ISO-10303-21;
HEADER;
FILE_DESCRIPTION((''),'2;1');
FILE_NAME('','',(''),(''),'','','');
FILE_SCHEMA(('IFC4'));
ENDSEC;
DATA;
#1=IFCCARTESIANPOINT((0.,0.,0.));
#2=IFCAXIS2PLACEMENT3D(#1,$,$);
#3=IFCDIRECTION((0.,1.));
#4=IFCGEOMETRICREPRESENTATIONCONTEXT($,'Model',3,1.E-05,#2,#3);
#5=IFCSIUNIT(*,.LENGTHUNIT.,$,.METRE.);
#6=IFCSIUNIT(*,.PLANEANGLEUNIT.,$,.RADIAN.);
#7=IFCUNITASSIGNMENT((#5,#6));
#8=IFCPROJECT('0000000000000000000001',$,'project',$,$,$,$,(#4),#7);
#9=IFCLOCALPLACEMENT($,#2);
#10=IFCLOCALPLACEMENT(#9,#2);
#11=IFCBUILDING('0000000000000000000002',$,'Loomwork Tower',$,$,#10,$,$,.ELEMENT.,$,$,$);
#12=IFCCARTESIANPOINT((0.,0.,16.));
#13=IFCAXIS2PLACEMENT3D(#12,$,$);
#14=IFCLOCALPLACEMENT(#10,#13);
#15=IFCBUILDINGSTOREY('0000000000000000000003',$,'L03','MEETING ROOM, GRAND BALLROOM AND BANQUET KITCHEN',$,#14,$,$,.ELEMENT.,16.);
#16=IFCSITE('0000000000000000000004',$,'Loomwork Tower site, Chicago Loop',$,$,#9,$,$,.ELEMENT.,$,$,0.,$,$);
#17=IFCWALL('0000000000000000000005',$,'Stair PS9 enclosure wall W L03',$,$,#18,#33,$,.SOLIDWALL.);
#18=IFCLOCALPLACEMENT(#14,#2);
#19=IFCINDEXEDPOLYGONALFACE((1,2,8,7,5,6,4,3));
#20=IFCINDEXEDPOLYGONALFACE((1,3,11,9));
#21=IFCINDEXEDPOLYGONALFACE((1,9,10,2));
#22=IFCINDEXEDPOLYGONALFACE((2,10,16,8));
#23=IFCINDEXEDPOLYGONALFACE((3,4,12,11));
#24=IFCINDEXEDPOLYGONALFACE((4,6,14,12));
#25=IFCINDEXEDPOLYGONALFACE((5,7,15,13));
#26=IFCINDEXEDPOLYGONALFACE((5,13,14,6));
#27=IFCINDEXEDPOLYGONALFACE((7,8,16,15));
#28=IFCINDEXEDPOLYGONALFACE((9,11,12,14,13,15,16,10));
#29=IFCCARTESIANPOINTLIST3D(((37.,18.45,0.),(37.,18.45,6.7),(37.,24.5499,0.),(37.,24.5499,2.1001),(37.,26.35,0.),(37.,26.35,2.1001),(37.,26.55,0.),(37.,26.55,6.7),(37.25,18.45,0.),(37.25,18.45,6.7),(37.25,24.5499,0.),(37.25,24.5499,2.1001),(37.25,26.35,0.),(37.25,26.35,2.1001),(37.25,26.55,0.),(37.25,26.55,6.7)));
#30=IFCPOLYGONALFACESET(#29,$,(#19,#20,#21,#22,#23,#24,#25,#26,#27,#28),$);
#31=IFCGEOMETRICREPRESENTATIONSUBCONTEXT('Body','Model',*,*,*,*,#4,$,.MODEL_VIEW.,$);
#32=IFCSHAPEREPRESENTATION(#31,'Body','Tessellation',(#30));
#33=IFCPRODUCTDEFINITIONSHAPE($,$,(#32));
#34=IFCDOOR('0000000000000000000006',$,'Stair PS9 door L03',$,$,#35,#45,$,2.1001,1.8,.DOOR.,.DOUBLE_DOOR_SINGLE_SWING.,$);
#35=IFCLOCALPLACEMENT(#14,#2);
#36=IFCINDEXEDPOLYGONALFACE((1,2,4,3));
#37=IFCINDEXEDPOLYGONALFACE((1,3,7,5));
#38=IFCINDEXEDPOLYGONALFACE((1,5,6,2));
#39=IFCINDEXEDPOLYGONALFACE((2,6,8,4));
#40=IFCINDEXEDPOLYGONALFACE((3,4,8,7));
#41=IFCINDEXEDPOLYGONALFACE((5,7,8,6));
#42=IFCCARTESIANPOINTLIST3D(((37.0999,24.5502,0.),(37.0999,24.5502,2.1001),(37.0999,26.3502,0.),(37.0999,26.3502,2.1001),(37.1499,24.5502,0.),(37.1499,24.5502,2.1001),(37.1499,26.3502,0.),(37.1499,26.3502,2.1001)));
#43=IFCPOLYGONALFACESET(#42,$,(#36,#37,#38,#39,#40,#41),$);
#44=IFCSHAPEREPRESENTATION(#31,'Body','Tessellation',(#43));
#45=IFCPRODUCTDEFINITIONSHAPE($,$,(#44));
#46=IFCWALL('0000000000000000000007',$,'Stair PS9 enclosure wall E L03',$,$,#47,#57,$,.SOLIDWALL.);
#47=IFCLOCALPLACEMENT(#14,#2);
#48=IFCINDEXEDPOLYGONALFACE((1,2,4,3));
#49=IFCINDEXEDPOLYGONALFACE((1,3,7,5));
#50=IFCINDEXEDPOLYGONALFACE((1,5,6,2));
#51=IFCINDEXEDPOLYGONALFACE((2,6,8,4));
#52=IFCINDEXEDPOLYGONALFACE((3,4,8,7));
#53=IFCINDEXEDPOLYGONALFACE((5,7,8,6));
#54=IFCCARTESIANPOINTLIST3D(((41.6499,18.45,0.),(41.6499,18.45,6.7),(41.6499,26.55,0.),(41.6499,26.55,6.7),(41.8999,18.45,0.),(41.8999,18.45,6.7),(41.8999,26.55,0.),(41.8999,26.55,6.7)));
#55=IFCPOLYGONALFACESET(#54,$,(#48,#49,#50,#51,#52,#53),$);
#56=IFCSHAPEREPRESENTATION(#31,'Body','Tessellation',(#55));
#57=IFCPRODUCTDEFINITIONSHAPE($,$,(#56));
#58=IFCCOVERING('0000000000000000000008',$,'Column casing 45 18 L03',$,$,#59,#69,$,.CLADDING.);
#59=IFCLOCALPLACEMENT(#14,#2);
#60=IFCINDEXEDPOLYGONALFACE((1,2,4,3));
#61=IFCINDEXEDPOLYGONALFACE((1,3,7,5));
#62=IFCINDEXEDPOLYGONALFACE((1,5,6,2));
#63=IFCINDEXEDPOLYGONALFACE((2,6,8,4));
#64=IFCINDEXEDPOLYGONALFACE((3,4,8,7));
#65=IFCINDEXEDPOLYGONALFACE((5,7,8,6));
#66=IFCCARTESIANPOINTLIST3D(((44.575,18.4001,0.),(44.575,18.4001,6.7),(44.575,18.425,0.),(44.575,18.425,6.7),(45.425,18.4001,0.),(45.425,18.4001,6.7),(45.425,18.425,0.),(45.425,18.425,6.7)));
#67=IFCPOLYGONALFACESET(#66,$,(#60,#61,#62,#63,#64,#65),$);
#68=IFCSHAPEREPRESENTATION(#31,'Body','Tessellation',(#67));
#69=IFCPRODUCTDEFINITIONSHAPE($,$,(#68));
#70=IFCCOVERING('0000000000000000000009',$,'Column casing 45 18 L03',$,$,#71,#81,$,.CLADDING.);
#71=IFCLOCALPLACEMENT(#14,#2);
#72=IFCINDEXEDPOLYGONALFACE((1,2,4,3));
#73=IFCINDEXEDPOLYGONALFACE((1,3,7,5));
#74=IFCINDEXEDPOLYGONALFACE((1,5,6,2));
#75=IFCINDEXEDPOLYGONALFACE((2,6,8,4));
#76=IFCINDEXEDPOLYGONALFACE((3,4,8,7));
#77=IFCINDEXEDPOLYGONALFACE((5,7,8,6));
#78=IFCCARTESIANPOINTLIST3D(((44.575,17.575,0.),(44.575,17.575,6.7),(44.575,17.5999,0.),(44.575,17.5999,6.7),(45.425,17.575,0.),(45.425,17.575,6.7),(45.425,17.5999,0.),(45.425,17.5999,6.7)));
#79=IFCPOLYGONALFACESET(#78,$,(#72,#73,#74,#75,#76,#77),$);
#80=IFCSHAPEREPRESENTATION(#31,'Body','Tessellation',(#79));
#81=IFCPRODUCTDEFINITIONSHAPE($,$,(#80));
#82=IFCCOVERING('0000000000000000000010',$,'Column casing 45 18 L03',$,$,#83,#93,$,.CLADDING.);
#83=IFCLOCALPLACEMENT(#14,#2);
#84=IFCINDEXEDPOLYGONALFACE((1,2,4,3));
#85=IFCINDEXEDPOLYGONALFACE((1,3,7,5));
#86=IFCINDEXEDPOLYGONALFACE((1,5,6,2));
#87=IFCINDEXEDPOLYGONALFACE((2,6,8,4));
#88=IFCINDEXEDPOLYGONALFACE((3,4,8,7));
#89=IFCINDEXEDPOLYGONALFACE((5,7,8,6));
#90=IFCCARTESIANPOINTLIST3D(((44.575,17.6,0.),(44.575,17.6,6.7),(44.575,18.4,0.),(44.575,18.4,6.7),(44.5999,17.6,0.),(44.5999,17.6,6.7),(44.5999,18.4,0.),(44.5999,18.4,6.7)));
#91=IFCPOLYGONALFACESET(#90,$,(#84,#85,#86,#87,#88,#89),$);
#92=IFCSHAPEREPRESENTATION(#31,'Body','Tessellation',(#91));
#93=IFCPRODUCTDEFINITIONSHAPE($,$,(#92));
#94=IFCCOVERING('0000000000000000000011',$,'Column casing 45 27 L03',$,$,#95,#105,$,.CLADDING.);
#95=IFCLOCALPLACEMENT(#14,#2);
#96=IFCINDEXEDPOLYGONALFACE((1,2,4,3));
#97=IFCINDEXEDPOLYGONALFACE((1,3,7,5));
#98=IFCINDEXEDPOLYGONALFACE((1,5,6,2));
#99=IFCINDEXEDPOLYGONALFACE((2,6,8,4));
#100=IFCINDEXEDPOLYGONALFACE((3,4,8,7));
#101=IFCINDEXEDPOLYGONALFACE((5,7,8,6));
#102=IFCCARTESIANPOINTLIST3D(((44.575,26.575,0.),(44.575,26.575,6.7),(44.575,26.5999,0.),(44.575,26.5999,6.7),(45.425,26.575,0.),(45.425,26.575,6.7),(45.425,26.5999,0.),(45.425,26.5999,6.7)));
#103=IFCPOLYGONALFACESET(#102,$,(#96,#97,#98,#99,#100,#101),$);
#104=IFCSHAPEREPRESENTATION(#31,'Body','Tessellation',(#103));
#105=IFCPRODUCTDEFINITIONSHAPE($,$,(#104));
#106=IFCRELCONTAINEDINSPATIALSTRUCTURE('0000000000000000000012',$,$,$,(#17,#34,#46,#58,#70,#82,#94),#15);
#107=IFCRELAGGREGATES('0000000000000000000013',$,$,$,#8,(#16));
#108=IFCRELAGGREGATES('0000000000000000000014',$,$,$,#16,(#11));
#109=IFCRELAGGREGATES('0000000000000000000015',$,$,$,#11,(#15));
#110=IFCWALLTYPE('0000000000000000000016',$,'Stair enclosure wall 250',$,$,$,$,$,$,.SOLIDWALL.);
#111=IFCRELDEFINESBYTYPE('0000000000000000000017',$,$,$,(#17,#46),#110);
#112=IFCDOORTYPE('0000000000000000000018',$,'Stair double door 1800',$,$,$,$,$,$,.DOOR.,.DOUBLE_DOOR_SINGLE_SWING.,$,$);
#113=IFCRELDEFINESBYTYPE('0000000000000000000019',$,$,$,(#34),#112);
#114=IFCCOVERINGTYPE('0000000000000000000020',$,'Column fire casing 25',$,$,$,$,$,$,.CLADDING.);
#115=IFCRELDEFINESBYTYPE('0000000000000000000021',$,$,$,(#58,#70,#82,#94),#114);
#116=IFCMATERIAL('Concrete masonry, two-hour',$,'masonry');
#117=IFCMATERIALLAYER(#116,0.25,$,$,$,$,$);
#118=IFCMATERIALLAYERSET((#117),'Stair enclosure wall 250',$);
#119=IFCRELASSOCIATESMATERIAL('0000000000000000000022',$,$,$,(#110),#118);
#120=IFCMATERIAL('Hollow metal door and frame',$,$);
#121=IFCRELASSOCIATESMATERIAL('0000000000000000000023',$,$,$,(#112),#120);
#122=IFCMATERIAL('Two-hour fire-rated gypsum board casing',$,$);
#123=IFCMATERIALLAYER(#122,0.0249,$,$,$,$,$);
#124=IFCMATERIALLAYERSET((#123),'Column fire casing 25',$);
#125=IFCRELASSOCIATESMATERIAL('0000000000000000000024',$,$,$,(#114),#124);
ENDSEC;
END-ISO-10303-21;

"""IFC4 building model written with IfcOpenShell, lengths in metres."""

from ifc_helpers import new_model, si_unit, direction, frame, frame_2d, origin, origin_2d, place, context, subcontext, project, spatial, rectangle, extrude, material, layer, layer_set, type_object, element, fill, save


model = new_model("IFC4")

# Units and contexts
model_context = context("Model", 3, precision=1e-05, world=origin(), true_north=direction((0.0, 1.0)))
body_context = subcontext(model_context, "Body", "Model", "MODEL_VIEW")
ifc_project = project(units=[si_unit("LENGTHUNIT", "METRE"), si_unit("PLANEANGLEUNIT", "RADIAN")], contexts=[model_context])

# Site, building, storey
site_placement = place(None, origin())
site = spatial("IfcSite", under=ifc_project, at=site_placement, Name="Loomwork Tower site, Chicago Loop", CompositionType="ELEMENT", RefElevation=0.0)
building_placement = place(site_placement, origin())
building = spatial("IfcBuilding", under=site, at=building_placement, Name="Loomwork Tower", CompositionType="ELEMENT")
storey_placement = place(building_placement, frame((0.0, 0.0, 16.0)))
storey = spatial("IfcBuildingStorey", under=building, at=storey_placement, Name="L03", Description="MEETING ROOM, GRAND BALLROOM AND BANQUET KITCHEN", CompositionType="ELEMENT", Elevation=16.0)

# Shared definitions
ifc_material_1 = material(Name="Concrete masonry, two-hour", Category="masonry")
ifc_layer_1 = layer(ifc_material_1, 0.25)
ifc_layer_set_1 = layer_set([ifc_layer_1], Name="Stair enclosure wall 250")
wall_type_1 = type_object("IfcWallType", Name="Stair enclosure wall 250", PredefinedType="SOLIDWALL", material=ifc_layer_set_1)

# Wall, opening, door
wall_1_placement = place(storey_placement, frame((37.125, 18.45, 0.0), z_axis=(0.0, 0.0, 1.0), x_axis=(0.0, 1.0, 0.0)))
wall_1 = element("IfcWall", 1, at=wall_1_placement, inside=storey, type_object=wall_type_1, Name="Stair PS9 enclosure wall W L03", PredefinedType="SOLIDWALL", context=body_context, shape_type="SweptSolid", body=[
    extrude(rectangle(XDim=8.1001, YDim=0.25, at=frame_2d((4.05, 0.0))), origin(), (0.0, 0.0, 1.0), 6.7),
])
opening_1_placement = place(wall_1_placement, frame((6.1001, 0.0, 0.0)))
opening_1 = element("IfcOpeningElement", 2, at=opening_1_placement, cuts=wall_1, PredefinedType="OPENING", context=body_context, shape_type="SweptSolid", body=[
    extrude(rectangle(XDim=1.8, YDim=2.1001, at=frame_2d((0.8999, 1.05))), frame((0.0, 0.135, 0.0), z_axis=(0.0, -1.0, 0.0), x_axis=(1.0, 0.0, 0.0)), (0.0, 0.0, 1.0), 0.27),
])
ifc_material_2 = material(Name="Hollow metal door and frame")
door_type_1 = type_object("IfcDoorType", Name="Stair double door 1800", OperationType="DOUBLE_DOOR_SINGLE_SWING", PredefinedType="DOOR", material=ifc_material_2)
door_1_placement = place(opening_1_placement, frame((1.8, 0.0, 0.0), z_axis=(0.0, 0.0, 1.0), x_axis=(-1.0, 0.0, 0.0)))
door_1 = element("IfcDoor", 3, at=door_1_placement, inside=storey, type_object=door_type_1, Name="Stair PS9 door L03", OperationType="DOUBLE_DOOR_SINGLE_SWING", OverallHeight=2.1001, OverallWidth=1.8, PredefinedType="DOOR", context=body_context, shape_type="SweptSolid", body=[
    extrude(rectangle(XDim=1.8, YDim=2.1001, at=frame_2d((0.8999, 1.05))), frame((0.0, 0.0249, 0.0), z_axis=(0.0, -1.0, 0.0), x_axis=(1.0, 0.0, 0.0)), (0.0, 0.0, 1.0), 0.05),
])
fill(opening_1, door_1)

# Wall
wall_2_placement = place(storey_placement, frame((41.7749, 18.45, 0.0), z_axis=(0.0, 0.0, 1.0), x_axis=(0.0, 1.0, 0.0)))
element("IfcWall", 4, at=wall_2_placement, inside=storey, type_object=wall_type_1, Name="Stair PS9 enclosure wall E L03", PredefinedType="SOLIDWALL", context=body_context, shape_type="SweptSolid", body=[
    extrude(rectangle(XDim=8.1001, YDim=0.25, at=frame_2d((4.05, 0.0))), origin(), (0.0, 0.0, 1.0), 6.7),
])

# Coverings
ifc_material_3 = material(Name="Two-hour fire-rated gypsum board casing")
ifc_layer_2 = layer(ifc_material_3, 0.0249)
ifc_layer_set_2 = layer_set([ifc_layer_2], Name="Column fire casing 25")
covering_type = type_object("IfcCoveringType", Name="Column fire casing 25", PredefinedType="CLADDING", material=ifc_layer_set_2)
for number, where, z_axis, x_axis, name in (
    (5, (45.0, 18.4126, 0.0), (0.0, 0.0, 1.0), (1.0, 0.0, 0.0), "Column casing 45 18 L03"),
    (6, (45.0, 17.5874, 0.0), (0.0, 0.0, 1.0), (1.0, 0.0, 0.0), "Column casing 45 18 L03"),
):
    element("IfcCovering", number, at=place(storey_placement, frame(where, z_axis=z_axis, x_axis=x_axis)), inside=storey, type_object=covering_type, Name=name, PredefinedType="CLADDING", context=body_context, shape_type="SweptSolid", body=[
        extrude(rectangle(XDim=0.8501, YDim=0.0249, at=origin_2d()), origin(), (0.0, 0.0, 1.0), 6.7),
    ])
covering_1_placement = place(storey_placement, frame((44.5874, 18.0, 0.0), z_axis=(0.0, 0.0, 1.0), x_axis=(1.0, 0.0, 0.0)))
element("IfcCovering", 7, at=covering_1_placement, inside=storey, type_object=covering_type, Name="Column casing 45 18 L03", PredefinedType="CLADDING", context=body_context, shape_type="SweptSolid", body=[
    extrude(rectangle(XDim=0.0249, YDim=0.8, at=origin_2d()), origin(), (0.0, 0.0, 1.0), 6.7),
])
covering_2_placement = place(storey_placement, frame((45.0, 26.5874, 0.0), z_axis=(0.0, 0.0, 1.0), x_axis=(1.0, 0.0, 0.0)))
element("IfcCovering", 8, at=covering_2_placement, inside=storey, type_object=covering_type, Name="Column casing 45 27 L03", PredefinedType="CLADDING", context=body_context, shape_type="SweptSolid", body=[
    extrude(rectangle(XDim=0.8501, YDim=0.0249, at=origin_2d()), origin(), (0.0, 0.0, 1.0), 6.7),
])

save(model, "model.ifc")
